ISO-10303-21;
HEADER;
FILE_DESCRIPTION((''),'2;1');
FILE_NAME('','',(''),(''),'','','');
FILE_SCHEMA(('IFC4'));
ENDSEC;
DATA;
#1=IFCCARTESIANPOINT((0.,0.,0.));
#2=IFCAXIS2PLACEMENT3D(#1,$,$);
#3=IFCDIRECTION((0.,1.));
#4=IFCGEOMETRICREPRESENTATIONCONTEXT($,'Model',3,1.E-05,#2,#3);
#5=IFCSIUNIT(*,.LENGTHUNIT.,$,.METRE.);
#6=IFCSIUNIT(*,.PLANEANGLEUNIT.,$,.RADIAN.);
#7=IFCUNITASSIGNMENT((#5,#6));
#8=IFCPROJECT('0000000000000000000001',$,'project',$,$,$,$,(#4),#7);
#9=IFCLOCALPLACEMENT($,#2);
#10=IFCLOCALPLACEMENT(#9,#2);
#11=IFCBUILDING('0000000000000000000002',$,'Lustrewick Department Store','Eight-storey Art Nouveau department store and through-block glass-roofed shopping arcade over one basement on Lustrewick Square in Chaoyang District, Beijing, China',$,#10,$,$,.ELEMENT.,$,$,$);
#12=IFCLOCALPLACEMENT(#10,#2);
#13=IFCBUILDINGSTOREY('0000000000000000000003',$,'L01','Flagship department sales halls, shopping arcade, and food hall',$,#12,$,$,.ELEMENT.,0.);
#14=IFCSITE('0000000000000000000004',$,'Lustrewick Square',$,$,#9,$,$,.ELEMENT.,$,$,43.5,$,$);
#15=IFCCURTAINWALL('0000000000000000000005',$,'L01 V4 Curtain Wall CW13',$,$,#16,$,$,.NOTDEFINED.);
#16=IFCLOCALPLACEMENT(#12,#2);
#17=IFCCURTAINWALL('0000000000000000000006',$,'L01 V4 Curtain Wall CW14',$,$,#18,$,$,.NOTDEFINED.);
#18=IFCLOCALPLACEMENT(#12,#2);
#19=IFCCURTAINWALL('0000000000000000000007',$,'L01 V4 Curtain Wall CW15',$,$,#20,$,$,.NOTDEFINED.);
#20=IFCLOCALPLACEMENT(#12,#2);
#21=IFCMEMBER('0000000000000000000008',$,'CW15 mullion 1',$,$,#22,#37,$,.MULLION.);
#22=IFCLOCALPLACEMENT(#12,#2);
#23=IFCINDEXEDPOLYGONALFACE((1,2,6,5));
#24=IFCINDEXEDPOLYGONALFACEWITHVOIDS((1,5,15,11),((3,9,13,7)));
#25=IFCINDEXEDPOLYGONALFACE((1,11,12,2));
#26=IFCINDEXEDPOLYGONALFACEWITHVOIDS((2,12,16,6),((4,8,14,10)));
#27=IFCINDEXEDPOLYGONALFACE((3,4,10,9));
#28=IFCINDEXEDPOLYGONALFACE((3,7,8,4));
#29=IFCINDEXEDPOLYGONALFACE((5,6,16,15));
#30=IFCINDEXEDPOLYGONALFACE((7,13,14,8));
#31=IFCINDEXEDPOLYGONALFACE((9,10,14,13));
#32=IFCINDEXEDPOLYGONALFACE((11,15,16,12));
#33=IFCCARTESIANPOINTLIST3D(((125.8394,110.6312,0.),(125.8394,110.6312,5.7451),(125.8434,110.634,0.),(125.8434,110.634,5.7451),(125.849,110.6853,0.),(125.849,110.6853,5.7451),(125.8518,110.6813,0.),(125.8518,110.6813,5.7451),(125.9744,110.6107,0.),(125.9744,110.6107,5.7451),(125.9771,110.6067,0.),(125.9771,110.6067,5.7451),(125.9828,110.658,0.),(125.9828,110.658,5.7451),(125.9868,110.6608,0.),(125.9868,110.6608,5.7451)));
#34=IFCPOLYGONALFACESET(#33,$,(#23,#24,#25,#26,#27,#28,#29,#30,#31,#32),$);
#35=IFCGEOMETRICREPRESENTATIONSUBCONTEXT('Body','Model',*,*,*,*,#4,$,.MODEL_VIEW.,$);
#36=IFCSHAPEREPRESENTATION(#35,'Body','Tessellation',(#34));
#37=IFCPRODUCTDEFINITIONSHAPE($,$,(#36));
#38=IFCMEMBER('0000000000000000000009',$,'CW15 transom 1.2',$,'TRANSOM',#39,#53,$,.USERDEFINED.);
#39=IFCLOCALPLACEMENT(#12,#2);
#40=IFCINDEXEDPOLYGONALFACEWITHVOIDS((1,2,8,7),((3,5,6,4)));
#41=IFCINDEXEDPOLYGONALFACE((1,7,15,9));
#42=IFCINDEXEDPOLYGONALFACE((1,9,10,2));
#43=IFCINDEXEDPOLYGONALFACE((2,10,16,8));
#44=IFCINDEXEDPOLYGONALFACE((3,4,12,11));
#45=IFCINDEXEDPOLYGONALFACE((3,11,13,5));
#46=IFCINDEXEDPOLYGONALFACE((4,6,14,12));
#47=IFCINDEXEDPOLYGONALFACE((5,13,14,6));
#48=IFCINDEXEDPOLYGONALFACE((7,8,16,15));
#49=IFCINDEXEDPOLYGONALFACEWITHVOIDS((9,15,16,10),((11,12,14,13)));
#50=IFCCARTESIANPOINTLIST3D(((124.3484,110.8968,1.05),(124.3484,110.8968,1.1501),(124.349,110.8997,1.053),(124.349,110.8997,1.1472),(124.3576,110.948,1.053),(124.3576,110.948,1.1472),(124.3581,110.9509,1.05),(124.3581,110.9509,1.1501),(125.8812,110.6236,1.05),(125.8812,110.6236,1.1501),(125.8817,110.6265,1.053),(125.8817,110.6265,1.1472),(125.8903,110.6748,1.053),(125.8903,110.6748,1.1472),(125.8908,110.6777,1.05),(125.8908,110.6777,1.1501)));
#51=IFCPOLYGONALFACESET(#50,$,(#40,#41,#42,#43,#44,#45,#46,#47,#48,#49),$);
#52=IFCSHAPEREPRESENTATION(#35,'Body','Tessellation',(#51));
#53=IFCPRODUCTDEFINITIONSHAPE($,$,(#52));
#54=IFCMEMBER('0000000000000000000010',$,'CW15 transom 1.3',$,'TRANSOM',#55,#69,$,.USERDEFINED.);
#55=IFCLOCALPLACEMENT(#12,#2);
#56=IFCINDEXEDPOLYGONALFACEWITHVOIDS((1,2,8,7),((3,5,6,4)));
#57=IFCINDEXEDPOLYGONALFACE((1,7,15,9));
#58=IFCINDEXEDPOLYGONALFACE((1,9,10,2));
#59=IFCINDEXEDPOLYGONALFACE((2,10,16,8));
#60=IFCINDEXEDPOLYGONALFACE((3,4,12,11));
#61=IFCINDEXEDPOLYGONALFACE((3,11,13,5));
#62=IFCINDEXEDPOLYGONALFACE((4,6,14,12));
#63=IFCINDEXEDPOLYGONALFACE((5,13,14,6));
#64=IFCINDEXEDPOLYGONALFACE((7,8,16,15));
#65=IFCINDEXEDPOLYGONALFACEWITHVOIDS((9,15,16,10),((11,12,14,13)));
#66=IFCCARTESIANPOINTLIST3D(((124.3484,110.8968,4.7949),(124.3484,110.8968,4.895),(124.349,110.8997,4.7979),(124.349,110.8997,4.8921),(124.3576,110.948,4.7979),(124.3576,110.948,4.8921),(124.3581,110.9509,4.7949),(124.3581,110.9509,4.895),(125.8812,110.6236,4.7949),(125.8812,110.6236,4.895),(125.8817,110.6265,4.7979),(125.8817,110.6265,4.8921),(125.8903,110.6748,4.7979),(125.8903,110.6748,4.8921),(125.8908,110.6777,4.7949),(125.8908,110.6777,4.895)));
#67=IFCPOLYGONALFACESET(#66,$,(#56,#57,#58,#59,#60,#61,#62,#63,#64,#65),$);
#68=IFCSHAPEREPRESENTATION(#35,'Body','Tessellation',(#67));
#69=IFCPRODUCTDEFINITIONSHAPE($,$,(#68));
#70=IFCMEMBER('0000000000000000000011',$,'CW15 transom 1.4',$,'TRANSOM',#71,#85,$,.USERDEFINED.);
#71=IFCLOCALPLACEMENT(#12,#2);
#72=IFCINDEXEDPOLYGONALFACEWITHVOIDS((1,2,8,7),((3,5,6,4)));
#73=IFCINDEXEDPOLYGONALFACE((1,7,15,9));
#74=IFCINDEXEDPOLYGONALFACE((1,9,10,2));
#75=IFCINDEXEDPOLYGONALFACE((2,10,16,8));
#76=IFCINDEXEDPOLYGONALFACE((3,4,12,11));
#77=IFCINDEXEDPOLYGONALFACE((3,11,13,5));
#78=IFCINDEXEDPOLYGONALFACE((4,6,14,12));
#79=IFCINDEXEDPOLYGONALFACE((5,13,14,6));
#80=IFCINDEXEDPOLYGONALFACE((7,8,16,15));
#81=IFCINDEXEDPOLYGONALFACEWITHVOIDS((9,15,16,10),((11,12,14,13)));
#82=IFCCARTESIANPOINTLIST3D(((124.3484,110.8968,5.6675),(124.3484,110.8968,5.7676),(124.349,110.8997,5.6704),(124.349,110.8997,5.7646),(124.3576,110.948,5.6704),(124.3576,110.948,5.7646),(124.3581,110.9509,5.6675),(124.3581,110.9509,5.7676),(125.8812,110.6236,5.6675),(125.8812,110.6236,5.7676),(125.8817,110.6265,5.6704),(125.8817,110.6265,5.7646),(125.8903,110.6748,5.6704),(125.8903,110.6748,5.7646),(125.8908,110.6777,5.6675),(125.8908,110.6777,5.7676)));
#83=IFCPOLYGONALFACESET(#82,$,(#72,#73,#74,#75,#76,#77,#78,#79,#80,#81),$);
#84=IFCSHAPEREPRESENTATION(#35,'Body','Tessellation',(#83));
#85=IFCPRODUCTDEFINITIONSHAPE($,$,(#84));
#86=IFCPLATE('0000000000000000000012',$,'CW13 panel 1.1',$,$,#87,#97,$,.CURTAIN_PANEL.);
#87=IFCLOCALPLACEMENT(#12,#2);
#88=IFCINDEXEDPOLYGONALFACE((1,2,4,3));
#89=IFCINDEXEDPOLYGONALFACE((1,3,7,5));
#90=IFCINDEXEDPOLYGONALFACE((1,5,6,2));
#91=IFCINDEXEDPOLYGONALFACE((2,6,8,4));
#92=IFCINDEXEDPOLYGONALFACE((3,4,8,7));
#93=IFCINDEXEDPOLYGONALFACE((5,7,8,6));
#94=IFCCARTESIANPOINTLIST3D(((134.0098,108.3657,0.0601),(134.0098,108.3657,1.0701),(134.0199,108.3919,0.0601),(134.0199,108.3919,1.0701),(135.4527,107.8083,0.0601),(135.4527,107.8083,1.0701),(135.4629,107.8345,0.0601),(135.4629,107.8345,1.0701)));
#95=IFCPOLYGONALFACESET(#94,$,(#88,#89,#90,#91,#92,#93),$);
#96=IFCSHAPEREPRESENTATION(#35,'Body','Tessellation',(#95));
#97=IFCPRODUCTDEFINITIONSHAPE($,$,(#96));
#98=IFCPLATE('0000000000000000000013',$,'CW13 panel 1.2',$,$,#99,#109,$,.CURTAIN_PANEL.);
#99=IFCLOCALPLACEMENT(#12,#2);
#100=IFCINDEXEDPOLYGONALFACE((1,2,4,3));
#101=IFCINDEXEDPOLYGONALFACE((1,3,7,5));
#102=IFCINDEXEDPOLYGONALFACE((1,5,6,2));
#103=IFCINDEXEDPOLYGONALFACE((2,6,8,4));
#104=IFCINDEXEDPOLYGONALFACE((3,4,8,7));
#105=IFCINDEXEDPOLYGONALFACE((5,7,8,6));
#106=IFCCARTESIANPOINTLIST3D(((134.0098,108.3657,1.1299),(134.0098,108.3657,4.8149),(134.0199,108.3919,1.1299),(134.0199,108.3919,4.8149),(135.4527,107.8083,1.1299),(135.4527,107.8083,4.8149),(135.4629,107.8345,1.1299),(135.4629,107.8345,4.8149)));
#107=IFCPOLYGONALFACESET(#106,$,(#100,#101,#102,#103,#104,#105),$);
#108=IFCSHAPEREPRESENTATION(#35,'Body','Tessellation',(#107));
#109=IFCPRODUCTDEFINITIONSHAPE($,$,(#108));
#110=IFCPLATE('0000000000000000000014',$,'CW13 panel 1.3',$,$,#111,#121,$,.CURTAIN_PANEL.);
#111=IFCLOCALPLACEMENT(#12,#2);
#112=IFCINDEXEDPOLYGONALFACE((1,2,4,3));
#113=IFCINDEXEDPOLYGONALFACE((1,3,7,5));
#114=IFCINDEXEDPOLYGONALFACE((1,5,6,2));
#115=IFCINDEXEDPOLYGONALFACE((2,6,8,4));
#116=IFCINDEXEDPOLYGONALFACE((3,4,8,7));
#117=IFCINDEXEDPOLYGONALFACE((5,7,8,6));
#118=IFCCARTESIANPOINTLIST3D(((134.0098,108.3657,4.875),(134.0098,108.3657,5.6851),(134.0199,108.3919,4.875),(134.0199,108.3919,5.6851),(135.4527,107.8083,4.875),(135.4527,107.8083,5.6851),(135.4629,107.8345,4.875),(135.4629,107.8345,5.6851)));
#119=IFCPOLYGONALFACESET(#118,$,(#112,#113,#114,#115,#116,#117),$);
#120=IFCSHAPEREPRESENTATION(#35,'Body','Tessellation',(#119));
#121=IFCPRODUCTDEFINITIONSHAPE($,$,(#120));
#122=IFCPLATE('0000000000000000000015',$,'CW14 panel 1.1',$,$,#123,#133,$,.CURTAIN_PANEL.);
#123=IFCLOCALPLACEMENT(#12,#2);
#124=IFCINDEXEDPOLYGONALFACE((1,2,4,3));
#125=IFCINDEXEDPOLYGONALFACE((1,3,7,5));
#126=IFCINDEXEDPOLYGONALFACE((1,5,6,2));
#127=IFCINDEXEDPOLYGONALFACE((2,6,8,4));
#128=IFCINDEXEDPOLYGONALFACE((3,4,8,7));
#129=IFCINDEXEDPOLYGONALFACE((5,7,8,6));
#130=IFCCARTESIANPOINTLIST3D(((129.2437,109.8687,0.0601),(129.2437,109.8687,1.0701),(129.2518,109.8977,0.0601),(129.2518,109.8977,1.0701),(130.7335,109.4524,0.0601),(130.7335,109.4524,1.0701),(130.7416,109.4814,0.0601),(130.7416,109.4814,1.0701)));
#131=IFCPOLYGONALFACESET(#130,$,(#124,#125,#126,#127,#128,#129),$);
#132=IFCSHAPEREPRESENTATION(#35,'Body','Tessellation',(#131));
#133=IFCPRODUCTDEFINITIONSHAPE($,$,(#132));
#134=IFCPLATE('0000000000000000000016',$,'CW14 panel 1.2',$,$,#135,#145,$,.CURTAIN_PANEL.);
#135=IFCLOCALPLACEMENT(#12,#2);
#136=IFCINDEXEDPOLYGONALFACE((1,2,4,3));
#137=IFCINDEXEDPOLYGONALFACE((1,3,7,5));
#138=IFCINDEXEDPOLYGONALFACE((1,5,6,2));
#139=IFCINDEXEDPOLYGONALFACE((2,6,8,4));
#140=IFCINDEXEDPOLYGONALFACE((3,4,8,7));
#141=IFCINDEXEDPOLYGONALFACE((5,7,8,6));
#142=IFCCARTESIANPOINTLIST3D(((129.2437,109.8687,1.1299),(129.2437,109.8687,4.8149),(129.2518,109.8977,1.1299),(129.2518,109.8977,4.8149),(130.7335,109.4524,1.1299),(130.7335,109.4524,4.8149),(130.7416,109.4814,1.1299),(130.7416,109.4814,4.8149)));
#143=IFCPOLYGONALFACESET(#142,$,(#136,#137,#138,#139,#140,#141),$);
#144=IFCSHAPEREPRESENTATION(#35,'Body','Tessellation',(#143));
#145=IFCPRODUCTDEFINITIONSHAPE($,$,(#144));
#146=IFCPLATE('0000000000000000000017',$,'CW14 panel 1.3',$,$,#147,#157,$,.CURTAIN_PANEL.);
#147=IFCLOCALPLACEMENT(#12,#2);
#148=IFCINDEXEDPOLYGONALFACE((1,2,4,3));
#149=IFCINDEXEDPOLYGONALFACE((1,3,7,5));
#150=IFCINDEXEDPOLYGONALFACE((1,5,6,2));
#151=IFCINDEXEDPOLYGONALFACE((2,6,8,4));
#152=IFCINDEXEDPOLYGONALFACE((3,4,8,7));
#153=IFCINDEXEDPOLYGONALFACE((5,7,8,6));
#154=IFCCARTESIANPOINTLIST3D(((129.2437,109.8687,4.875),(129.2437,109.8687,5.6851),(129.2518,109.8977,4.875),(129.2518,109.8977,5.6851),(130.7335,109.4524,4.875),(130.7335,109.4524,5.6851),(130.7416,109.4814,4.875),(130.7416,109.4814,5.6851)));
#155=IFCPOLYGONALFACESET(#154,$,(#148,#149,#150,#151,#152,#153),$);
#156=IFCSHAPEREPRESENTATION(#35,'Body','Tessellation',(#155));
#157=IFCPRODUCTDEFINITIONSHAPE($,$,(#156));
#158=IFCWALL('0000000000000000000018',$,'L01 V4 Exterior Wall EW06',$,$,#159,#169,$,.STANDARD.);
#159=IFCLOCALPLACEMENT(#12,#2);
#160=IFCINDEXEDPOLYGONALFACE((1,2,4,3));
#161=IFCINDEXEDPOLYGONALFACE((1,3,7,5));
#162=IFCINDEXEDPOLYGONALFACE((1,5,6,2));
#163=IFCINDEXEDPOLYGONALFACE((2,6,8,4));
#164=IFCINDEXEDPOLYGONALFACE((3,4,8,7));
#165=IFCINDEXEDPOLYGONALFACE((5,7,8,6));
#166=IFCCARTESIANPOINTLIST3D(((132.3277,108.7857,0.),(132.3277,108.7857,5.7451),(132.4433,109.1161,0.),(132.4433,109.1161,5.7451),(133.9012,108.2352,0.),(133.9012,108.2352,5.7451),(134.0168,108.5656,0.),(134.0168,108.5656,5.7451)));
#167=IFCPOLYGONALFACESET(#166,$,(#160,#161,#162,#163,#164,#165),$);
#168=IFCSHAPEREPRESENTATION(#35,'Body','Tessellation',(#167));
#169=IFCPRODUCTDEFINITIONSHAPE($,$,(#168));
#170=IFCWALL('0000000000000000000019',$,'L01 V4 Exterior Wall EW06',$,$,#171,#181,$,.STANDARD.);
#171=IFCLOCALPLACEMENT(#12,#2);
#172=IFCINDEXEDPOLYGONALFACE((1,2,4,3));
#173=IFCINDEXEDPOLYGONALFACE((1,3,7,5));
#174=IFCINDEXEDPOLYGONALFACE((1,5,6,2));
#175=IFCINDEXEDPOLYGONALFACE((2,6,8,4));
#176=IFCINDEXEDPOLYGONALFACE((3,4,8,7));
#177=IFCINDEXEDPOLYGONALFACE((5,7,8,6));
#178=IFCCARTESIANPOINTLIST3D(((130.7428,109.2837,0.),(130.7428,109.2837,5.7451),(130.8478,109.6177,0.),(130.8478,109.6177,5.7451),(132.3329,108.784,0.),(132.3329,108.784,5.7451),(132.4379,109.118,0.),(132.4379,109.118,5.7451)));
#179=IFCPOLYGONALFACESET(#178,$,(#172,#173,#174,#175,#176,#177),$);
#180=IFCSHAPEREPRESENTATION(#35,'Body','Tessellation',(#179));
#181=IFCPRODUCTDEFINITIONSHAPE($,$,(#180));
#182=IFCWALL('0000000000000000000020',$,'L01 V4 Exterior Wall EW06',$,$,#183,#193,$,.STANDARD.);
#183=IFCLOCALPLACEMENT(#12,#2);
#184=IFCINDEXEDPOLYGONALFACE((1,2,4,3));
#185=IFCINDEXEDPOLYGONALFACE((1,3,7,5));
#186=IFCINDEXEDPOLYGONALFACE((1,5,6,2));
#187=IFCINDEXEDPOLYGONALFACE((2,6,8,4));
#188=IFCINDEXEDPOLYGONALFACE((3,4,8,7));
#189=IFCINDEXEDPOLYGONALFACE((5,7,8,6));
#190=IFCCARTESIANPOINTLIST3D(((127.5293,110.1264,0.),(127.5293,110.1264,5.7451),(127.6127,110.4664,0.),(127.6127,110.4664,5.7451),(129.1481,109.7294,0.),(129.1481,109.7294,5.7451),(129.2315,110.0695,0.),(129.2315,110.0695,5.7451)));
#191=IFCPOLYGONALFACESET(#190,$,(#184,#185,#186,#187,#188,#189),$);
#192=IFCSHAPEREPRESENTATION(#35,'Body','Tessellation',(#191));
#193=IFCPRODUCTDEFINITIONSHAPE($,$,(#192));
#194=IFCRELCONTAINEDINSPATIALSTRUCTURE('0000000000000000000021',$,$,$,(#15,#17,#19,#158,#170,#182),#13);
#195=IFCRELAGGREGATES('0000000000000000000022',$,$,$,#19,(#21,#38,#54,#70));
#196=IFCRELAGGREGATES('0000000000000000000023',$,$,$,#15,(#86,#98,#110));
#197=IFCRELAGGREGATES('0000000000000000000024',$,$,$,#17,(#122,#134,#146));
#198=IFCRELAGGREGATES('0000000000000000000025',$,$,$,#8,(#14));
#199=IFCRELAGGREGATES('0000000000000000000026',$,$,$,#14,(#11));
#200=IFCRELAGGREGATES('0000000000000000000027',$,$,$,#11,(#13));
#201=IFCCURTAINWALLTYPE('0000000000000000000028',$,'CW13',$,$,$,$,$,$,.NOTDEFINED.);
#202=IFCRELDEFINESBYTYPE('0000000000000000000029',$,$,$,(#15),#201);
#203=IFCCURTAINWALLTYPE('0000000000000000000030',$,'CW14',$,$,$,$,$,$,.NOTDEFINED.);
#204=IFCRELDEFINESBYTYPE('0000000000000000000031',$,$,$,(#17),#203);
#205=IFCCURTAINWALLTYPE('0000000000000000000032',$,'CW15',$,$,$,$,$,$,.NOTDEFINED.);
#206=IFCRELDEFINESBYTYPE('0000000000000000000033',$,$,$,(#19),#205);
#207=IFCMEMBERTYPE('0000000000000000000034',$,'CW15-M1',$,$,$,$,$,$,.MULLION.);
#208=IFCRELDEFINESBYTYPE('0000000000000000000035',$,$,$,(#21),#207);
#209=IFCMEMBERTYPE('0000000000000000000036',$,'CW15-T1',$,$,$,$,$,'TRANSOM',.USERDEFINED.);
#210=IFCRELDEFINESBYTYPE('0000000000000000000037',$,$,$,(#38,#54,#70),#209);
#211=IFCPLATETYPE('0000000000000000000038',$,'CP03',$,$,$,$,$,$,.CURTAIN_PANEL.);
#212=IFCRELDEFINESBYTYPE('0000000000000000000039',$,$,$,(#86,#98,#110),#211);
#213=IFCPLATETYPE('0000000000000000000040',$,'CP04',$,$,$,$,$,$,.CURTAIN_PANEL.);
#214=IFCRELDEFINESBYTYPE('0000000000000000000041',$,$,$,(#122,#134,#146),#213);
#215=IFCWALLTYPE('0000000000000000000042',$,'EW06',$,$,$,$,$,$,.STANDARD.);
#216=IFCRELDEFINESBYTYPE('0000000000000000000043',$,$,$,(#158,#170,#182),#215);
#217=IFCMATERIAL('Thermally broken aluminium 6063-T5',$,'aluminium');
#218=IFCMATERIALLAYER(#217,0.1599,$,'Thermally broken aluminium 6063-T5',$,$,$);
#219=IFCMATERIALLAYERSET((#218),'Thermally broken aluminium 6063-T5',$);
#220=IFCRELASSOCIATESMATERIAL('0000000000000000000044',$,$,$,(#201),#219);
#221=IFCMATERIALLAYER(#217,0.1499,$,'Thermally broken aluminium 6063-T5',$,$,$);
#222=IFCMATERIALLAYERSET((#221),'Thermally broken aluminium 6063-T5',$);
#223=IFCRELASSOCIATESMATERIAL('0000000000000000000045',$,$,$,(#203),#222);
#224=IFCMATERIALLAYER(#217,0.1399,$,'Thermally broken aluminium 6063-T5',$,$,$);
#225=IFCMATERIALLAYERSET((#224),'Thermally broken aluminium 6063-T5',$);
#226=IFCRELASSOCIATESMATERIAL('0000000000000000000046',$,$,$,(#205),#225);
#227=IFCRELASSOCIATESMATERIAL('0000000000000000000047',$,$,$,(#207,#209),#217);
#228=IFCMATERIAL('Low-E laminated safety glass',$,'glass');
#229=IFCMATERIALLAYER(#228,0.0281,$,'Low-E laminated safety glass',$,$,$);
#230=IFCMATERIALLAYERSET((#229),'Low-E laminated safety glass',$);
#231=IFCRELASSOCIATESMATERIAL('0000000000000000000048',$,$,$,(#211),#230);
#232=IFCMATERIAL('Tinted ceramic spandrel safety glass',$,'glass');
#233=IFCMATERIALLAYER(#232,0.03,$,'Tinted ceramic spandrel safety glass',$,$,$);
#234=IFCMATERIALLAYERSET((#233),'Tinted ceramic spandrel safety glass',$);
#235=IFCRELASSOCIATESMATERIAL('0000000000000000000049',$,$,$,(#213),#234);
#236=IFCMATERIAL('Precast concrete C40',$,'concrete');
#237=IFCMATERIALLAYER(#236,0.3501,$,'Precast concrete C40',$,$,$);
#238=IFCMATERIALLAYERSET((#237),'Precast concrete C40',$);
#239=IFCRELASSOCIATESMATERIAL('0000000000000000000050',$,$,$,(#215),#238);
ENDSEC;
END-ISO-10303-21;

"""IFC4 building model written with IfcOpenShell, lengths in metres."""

from ifc_helpers import new_model, si_unit, direction, frame, frame_2d, origin, origin_2d, place, context, subcontext, project, spatial, rectangle, hollow_rectangle, extrude, material, layer, layer_set, material_profile, profile_set, type_object, element, aggregate, save


model = new_model("IFC4")

# Units and contexts
model_context = context("Model", 3, precision=1e-05, world=origin(), true_north=direction((0.0, 1.0)))
body_context = subcontext(model_context, "Body", "Model", "MODEL_VIEW")
ifc_project = project(units=[si_unit("LENGTHUNIT", "METRE"), si_unit("PLANEANGLEUNIT", "RADIAN")], contexts=[model_context])

# Site, building, storey
site_placement = place(None, origin())
site = spatial("IfcSite", under=ifc_project, at=site_placement, Name="Lustrewick Square", CompositionType="ELEMENT", RefElevation=43.5)
building_placement = place(site_placement, origin())
building = spatial("IfcBuilding", under=site, at=building_placement, Name="Lustrewick Department Store", Description="Eight-storey Art Nouveau department store and through-block glass-roofed shopping arcade over one basement on Lustrewick Square in Chaoyang District, Beijing, China", CompositionType="ELEMENT")
storey_placement = place(building_placement, origin())
storey = spatial("IfcBuildingStorey", under=building, at=storey_placement, Name="L01", Description="Flagship department sales halls, shopping arcade, and food hall", CompositionType="ELEMENT", Elevation=0.0)

# Curtain walls, members
ifc_material_1 = material(Name="Thermally broken aluminium 6063-T5", Category="aluminium")
ifc_layer_1 = layer(ifc_material_1, 0.1599, Name="Thermally broken aluminium 6063-T5")
ifc_layer_set_1 = layer_set([ifc_layer_1], Name="Thermally broken aluminium 6063-T5")
curtain_wall_type_1 = type_object("IfcCurtainWallType", Name="CW13", PredefinedType="NOTDEFINED", material=ifc_layer_set_1)
curtain_wall_1_placement = place(storey_placement, origin())
curtain_wall_1 = element("IfcCurtainWall", 1, at=curtain_wall_1_placement, inside=storey, type_object=curtain_wall_type_1, Name="L01 V4 Curtain Wall CW13", PredefinedType="NOTDEFINED")
ifc_layer_2 = layer(ifc_material_1, 0.1499, Name="Thermally broken aluminium 6063-T5")
ifc_layer_set_2 = layer_set([ifc_layer_2], Name="Thermally broken aluminium 6063-T5")
curtain_wall_type_2 = type_object("IfcCurtainWallType", Name="CW14", PredefinedType="NOTDEFINED", material=ifc_layer_set_2)
curtain_wall_2_placement = place(storey_placement, origin())
curtain_wall_2 = element("IfcCurtainWall", 2, at=curtain_wall_2_placement, inside=storey, type_object=curtain_wall_type_2, Name="L01 V4 Curtain Wall CW14", PredefinedType="NOTDEFINED")
ifc_layer_3 = layer(ifc_material_1, 0.1399, Name="Thermally broken aluminium 6063-T5")
ifc_layer_set_3 = layer_set([ifc_layer_3], Name="Thermally broken aluminium 6063-T5")
curtain_wall_type_3 = type_object("IfcCurtainWallType", Name="CW15", PredefinedType="NOTDEFINED", material=ifc_layer_set_3)
curtain_wall_3_placement = place(storey_placement, origin())
curtain_wall_3 = element("IfcCurtainWall", 3, at=curtain_wall_3_placement, inside=storey, type_object=curtain_wall_type_3, Name="L01 V4 Curtain Wall CW15", PredefinedType="NOTDEFINED")
ifc_material_profile_1 = material_profile(ifc_material_1, hollow_rectangle(XDim=0.0549, YDim=0.1399, WallThickness=0.0034, at=origin_2d()), Name="ALU-M 55x140x3.5")
ifc_profile_set_1 = profile_set([ifc_material_profile_1], Name="Thermally broken aluminium 6063-T5")
member_type_1 = type_object("IfcMemberType", Name="CW15-M1", PredefinedType="MULLION", material=ifc_profile_set_1)
member_1_placement = place(storey_placement, frame((125.9131, 110.646, 0.0), z_axis=(0.0, 0.0, 1.0), x_axis=(-0.175421, -0.984494, 0.0)))
member_1 = element("IfcMember", 4, at=member_1_placement, type_object=member_type_1, Name="CW15 mullion 1", PredefinedType="MULLION", context=body_context, shape_type="SweptSolid", body=[
    extrude(hollow_rectangle(XDim=0.0549, YDim=0.1399, WallThickness=0.0034, at=origin_2d()), origin(), (0.0, 0.0, 1.0), 5.7451),
])
ifc_material_profile_2 = material_profile(ifc_material_1, hollow_rectangle(XDim=0.0549, YDim=0.1001, WallThickness=0.0029, at=origin_2d()), Name="ALU-T 55x100x3")
ifc_profile_set_2 = profile_set([ifc_material_profile_2], Name="Thermally broken aluminium 6063-T5")
member_type_2 = type_object("IfcMemberType", Name="CW15-T1", ElementType="TRANSOM", PredefinedType="USERDEFINED", material=ifc_profile_set_2)
member_2_placement = place(storey_placement, frame((125.886, 110.6506, 1.1001), z_axis=(-0.984484, 0.175476, 0.0), x_axis=(-0.175476, -0.984484, 0.0)))
member_2 = element("IfcMember", 5, at=member_2_placement, type_object=member_type_2, Name="CW15 transom 1.2", ObjectType="TRANSOM", PredefinedType="USERDEFINED", context=body_context, shape_type="SweptSolid", body=[
    extrude(hollow_rectangle(XDim=0.0549, YDim=0.1001, WallThickness=0.0029, at=origin_2d()), origin(), (0.0, 0.0, 1.0), 1.5569),
])
member_3_placement = place(storey_placement, frame((125.886, 110.6506, 4.845), z_axis=(-0.984484, 0.175476, 0.0), x_axis=(-0.175476, -0.984484, 0.0)))
member_3 = element("IfcMember", 6, at=member_3_placement, type_object=member_type_2, Name="CW15 transom 1.3", ObjectType="TRANSOM", PredefinedType="USERDEFINED", context=body_context, shape_type="SweptSolid", body=[
    extrude(hollow_rectangle(XDim=0.0549, YDim=0.1001, WallThickness=0.0029, at=origin_2d()), origin(), (0.0, 0.0, 1.0), 1.5569),
])
member_4_placement = place(storey_placement, frame((125.886, 110.6506, 5.7175), z_axis=(-0.984484, 0.175476, 0.0), x_axis=(-0.175476, -0.984484, 0.0)))
member_4 = element("IfcMember", 7, at=member_4_placement, type_object=member_type_2, Name="CW15 transom 1.4", ObjectType="TRANSOM", PredefinedType="USERDEFINED", context=body_context, shape_type="SweptSolid", body=[
    extrude(hollow_rectangle(XDim=0.0549, YDim=0.1001, WallThickness=0.0029, at=origin_2d()), origin(), (0.0, 0.0, 1.0), 1.5569),
])
aggregate(curtain_wall_3, [member_1, member_2, member_3, member_4])

# Plates
ifc_material_2 = material(Name="Low-E laminated safety glass", Category="glass")
ifc_layer_4 = layer(ifc_material_2, 0.0281, Name="Low-E laminated safety glass")
ifc_layer_set_4 = layer_set([ifc_layer_4], Name="Low-E laminated safety glass")
plate_type_1 = type_object("IfcPlateType", Name="CP03", PredefinedType="CURTAIN_PANEL", material=ifc_layer_set_4)
plate_1_placement = place(storey_placement, frame((134.7363, 108.1001, 0.0601), z_axis=(0.0, 0.0, 1.0), x_axis=(-0.93281, 0.36037, 0.0)))
plate_1 = element("IfcPlate", 8, at=plate_1_placement, type_object=plate_type_1, Name="CW13 panel 1.1", PredefinedType="CURTAIN_PANEL", context=body_context, shape_type="SweptSolid", body=[
    extrude(rectangle(XDim=1.5469, YDim=0.0281, at=origin_2d()), origin(), (0.0, 0.0, 1.0), 1.01),
])
plate_2_placement = place(storey_placement, frame((134.7363, 108.1001, 1.1299), z_axis=(0.0, 0.0, 1.0), x_axis=(-0.93281, 0.36037, 0.0)))
plate_2 = element("IfcPlate", 9, at=plate_2_placement, type_object=plate_type_1, Name="CW13 panel 1.2", PredefinedType="CURTAIN_PANEL", context=body_context, shape_type="SweptSolid", body=[
    extrude(rectangle(XDim=1.5469, YDim=0.0281, at=origin_2d()), origin(), (0.0, 0.0, 1.0), 3.6851),
])
plate_3_placement = place(storey_placement, frame((134.7363, 108.1001, 4.875), z_axis=(0.0, 0.0, 1.0), x_axis=(-0.93281, 0.36037, 0.0)))
plate_3 = element("IfcPlate", 10, at=plate_3_placement, type_object=plate_type_1, Name="CW13 panel 1.3", PredefinedType="CURTAIN_PANEL", context=body_context, shape_type="SweptSolid", body=[
    extrude(rectangle(XDim=1.5469, YDim=0.0281, at=origin_2d()), origin(), (0.0, 0.0, 1.0), 0.8101),
])
aggregate(curtain_wall_1, [plate_1, plate_2, plate_3])
ifc_material_3 = material(Name="Tinted ceramic spandrel safety glass", Category="glass")
ifc_layer_5 = layer(ifc_material_3, 0.03, Name="Tinted ceramic spandrel safety glass")
ifc_layer_set_5 = layer_set([ifc_layer_5], Name="Tinted ceramic spandrel safety glass")
plate_type_2 = type_object("IfcPlateType", Name="CP04", PredefinedType="CURTAIN_PANEL", material=ifc_layer_set_5)
plate_4_placement = place(storey_placement, frame((129.9927, 109.675, 0.0601), z_axis=(0.0, 0.0, 1.0), x_axis=(-0.963106, 0.269123, 0.0)))
plate_4 = element("IfcPlate", 11, at=plate_4_placement, type_object=plate_type_2, Name="CW14 panel 1.1", PredefinedType="CURTAIN_PANEL", context=body_context, shape_type="SweptSolid", body=[
    extrude(rectangle(XDim=1.5469, YDim=0.03, at=origin_2d()), origin(), (0.0, 0.0, 1.0), 1.01),
])
plate_5_placement = place(storey_placement, frame((129.9927, 109.675, 1.1299), z_axis=(0.0, 0.0, 1.0), x_axis=(-0.963106, 0.269123, 0.0)))
plate_5 = element("IfcPlate", 12, at=plate_5_placement, type_object=plate_type_2, Name="CW14 panel 1.2", PredefinedType="CURTAIN_PANEL", context=body_context, shape_type="SweptSolid", body=[
    extrude(rectangle(XDim=1.5469, YDim=0.03, at=origin_2d()), origin(), (0.0, 0.0, 1.0), 3.6851),
])
plate_6_placement = place(storey_placement, frame((129.9927, 109.675, 4.875), z_axis=(0.0, 0.0, 1.0), x_axis=(-0.963106, 0.269123, 0.0)))
plate_6 = element("IfcPlate", 13, at=plate_6_placement, type_object=plate_type_2, Name="CW14 panel 1.3", PredefinedType="CURTAIN_PANEL", context=body_context, shape_type="SweptSolid", body=[
    extrude(rectangle(XDim=1.5469, YDim=0.03, at=origin_2d()), origin(), (0.0, 0.0, 1.0), 0.8101),
])
aggregate(curtain_wall_2, [plate_4, plate_5, plate_6])

# Walls
ifc_material_4 = material(Name="Precast concrete C40", Category="concrete")
ifc_layer_6 = layer(ifc_material_4, 0.3501, Name="Precast concrete C40")
ifc_layer_set_6 = layer_set([ifc_layer_6], Name="Precast concrete C40")
wall_type = type_object("IfcWallType", Name="EW06", PredefinedType="STANDARD", material=ifc_layer_set_6)
wall_1_placement = place(storey_placement, frame((133.959, 108.4004, 0.0), z_axis=(0.0, 0.0, 1.0), x_axis=(-0.943893, 0.330253, 0.0)))
element("IfcWall", 14, at=wall_1_placement, inside=storey, type_object=wall_type, Name="L01 V4 Exterior Wall EW06", PredefinedType="STANDARD", context=body_context, shape_type="SweptSolid", body=[
    extrude(rectangle(XDim=1.667, YDim=0.3501, at=frame_2d((0.8335, 0.0))), origin(), (0.0, 0.0, 1.0), 5.7451),
])
for number, where, z_axis, x_axis, name in (
    (15, (132.3855, 108.9509, 0.0), (0.0, 0.0, 1.0), (-0.953991, 0.299834, 0.0), "L01 V4 Exterior Wall EW06"),
    (16, (129.1899, 109.8994, 0.0), (0.0, 0.0, 1.0), (-0.971227, 0.238156, 0.0), "L01 V4 Exterior Wall EW06"),
):
    element("IfcWall", number, at=place(storey_placement, frame(where, z_axis=z_axis, x_axis=x_axis)), inside=storey, type_object=wall_type, Name=name, PredefinedType="STANDARD", context=body_context, shape_type="SweptSolid", body=[
        extrude(rectangle(XDim=1.6667, YDim=0.3501, at=frame_2d((0.8335, 0.0))), origin(), (0.0, 0.0, 1.0), 5.7451),
    ])

save(model, "model.ifc")
